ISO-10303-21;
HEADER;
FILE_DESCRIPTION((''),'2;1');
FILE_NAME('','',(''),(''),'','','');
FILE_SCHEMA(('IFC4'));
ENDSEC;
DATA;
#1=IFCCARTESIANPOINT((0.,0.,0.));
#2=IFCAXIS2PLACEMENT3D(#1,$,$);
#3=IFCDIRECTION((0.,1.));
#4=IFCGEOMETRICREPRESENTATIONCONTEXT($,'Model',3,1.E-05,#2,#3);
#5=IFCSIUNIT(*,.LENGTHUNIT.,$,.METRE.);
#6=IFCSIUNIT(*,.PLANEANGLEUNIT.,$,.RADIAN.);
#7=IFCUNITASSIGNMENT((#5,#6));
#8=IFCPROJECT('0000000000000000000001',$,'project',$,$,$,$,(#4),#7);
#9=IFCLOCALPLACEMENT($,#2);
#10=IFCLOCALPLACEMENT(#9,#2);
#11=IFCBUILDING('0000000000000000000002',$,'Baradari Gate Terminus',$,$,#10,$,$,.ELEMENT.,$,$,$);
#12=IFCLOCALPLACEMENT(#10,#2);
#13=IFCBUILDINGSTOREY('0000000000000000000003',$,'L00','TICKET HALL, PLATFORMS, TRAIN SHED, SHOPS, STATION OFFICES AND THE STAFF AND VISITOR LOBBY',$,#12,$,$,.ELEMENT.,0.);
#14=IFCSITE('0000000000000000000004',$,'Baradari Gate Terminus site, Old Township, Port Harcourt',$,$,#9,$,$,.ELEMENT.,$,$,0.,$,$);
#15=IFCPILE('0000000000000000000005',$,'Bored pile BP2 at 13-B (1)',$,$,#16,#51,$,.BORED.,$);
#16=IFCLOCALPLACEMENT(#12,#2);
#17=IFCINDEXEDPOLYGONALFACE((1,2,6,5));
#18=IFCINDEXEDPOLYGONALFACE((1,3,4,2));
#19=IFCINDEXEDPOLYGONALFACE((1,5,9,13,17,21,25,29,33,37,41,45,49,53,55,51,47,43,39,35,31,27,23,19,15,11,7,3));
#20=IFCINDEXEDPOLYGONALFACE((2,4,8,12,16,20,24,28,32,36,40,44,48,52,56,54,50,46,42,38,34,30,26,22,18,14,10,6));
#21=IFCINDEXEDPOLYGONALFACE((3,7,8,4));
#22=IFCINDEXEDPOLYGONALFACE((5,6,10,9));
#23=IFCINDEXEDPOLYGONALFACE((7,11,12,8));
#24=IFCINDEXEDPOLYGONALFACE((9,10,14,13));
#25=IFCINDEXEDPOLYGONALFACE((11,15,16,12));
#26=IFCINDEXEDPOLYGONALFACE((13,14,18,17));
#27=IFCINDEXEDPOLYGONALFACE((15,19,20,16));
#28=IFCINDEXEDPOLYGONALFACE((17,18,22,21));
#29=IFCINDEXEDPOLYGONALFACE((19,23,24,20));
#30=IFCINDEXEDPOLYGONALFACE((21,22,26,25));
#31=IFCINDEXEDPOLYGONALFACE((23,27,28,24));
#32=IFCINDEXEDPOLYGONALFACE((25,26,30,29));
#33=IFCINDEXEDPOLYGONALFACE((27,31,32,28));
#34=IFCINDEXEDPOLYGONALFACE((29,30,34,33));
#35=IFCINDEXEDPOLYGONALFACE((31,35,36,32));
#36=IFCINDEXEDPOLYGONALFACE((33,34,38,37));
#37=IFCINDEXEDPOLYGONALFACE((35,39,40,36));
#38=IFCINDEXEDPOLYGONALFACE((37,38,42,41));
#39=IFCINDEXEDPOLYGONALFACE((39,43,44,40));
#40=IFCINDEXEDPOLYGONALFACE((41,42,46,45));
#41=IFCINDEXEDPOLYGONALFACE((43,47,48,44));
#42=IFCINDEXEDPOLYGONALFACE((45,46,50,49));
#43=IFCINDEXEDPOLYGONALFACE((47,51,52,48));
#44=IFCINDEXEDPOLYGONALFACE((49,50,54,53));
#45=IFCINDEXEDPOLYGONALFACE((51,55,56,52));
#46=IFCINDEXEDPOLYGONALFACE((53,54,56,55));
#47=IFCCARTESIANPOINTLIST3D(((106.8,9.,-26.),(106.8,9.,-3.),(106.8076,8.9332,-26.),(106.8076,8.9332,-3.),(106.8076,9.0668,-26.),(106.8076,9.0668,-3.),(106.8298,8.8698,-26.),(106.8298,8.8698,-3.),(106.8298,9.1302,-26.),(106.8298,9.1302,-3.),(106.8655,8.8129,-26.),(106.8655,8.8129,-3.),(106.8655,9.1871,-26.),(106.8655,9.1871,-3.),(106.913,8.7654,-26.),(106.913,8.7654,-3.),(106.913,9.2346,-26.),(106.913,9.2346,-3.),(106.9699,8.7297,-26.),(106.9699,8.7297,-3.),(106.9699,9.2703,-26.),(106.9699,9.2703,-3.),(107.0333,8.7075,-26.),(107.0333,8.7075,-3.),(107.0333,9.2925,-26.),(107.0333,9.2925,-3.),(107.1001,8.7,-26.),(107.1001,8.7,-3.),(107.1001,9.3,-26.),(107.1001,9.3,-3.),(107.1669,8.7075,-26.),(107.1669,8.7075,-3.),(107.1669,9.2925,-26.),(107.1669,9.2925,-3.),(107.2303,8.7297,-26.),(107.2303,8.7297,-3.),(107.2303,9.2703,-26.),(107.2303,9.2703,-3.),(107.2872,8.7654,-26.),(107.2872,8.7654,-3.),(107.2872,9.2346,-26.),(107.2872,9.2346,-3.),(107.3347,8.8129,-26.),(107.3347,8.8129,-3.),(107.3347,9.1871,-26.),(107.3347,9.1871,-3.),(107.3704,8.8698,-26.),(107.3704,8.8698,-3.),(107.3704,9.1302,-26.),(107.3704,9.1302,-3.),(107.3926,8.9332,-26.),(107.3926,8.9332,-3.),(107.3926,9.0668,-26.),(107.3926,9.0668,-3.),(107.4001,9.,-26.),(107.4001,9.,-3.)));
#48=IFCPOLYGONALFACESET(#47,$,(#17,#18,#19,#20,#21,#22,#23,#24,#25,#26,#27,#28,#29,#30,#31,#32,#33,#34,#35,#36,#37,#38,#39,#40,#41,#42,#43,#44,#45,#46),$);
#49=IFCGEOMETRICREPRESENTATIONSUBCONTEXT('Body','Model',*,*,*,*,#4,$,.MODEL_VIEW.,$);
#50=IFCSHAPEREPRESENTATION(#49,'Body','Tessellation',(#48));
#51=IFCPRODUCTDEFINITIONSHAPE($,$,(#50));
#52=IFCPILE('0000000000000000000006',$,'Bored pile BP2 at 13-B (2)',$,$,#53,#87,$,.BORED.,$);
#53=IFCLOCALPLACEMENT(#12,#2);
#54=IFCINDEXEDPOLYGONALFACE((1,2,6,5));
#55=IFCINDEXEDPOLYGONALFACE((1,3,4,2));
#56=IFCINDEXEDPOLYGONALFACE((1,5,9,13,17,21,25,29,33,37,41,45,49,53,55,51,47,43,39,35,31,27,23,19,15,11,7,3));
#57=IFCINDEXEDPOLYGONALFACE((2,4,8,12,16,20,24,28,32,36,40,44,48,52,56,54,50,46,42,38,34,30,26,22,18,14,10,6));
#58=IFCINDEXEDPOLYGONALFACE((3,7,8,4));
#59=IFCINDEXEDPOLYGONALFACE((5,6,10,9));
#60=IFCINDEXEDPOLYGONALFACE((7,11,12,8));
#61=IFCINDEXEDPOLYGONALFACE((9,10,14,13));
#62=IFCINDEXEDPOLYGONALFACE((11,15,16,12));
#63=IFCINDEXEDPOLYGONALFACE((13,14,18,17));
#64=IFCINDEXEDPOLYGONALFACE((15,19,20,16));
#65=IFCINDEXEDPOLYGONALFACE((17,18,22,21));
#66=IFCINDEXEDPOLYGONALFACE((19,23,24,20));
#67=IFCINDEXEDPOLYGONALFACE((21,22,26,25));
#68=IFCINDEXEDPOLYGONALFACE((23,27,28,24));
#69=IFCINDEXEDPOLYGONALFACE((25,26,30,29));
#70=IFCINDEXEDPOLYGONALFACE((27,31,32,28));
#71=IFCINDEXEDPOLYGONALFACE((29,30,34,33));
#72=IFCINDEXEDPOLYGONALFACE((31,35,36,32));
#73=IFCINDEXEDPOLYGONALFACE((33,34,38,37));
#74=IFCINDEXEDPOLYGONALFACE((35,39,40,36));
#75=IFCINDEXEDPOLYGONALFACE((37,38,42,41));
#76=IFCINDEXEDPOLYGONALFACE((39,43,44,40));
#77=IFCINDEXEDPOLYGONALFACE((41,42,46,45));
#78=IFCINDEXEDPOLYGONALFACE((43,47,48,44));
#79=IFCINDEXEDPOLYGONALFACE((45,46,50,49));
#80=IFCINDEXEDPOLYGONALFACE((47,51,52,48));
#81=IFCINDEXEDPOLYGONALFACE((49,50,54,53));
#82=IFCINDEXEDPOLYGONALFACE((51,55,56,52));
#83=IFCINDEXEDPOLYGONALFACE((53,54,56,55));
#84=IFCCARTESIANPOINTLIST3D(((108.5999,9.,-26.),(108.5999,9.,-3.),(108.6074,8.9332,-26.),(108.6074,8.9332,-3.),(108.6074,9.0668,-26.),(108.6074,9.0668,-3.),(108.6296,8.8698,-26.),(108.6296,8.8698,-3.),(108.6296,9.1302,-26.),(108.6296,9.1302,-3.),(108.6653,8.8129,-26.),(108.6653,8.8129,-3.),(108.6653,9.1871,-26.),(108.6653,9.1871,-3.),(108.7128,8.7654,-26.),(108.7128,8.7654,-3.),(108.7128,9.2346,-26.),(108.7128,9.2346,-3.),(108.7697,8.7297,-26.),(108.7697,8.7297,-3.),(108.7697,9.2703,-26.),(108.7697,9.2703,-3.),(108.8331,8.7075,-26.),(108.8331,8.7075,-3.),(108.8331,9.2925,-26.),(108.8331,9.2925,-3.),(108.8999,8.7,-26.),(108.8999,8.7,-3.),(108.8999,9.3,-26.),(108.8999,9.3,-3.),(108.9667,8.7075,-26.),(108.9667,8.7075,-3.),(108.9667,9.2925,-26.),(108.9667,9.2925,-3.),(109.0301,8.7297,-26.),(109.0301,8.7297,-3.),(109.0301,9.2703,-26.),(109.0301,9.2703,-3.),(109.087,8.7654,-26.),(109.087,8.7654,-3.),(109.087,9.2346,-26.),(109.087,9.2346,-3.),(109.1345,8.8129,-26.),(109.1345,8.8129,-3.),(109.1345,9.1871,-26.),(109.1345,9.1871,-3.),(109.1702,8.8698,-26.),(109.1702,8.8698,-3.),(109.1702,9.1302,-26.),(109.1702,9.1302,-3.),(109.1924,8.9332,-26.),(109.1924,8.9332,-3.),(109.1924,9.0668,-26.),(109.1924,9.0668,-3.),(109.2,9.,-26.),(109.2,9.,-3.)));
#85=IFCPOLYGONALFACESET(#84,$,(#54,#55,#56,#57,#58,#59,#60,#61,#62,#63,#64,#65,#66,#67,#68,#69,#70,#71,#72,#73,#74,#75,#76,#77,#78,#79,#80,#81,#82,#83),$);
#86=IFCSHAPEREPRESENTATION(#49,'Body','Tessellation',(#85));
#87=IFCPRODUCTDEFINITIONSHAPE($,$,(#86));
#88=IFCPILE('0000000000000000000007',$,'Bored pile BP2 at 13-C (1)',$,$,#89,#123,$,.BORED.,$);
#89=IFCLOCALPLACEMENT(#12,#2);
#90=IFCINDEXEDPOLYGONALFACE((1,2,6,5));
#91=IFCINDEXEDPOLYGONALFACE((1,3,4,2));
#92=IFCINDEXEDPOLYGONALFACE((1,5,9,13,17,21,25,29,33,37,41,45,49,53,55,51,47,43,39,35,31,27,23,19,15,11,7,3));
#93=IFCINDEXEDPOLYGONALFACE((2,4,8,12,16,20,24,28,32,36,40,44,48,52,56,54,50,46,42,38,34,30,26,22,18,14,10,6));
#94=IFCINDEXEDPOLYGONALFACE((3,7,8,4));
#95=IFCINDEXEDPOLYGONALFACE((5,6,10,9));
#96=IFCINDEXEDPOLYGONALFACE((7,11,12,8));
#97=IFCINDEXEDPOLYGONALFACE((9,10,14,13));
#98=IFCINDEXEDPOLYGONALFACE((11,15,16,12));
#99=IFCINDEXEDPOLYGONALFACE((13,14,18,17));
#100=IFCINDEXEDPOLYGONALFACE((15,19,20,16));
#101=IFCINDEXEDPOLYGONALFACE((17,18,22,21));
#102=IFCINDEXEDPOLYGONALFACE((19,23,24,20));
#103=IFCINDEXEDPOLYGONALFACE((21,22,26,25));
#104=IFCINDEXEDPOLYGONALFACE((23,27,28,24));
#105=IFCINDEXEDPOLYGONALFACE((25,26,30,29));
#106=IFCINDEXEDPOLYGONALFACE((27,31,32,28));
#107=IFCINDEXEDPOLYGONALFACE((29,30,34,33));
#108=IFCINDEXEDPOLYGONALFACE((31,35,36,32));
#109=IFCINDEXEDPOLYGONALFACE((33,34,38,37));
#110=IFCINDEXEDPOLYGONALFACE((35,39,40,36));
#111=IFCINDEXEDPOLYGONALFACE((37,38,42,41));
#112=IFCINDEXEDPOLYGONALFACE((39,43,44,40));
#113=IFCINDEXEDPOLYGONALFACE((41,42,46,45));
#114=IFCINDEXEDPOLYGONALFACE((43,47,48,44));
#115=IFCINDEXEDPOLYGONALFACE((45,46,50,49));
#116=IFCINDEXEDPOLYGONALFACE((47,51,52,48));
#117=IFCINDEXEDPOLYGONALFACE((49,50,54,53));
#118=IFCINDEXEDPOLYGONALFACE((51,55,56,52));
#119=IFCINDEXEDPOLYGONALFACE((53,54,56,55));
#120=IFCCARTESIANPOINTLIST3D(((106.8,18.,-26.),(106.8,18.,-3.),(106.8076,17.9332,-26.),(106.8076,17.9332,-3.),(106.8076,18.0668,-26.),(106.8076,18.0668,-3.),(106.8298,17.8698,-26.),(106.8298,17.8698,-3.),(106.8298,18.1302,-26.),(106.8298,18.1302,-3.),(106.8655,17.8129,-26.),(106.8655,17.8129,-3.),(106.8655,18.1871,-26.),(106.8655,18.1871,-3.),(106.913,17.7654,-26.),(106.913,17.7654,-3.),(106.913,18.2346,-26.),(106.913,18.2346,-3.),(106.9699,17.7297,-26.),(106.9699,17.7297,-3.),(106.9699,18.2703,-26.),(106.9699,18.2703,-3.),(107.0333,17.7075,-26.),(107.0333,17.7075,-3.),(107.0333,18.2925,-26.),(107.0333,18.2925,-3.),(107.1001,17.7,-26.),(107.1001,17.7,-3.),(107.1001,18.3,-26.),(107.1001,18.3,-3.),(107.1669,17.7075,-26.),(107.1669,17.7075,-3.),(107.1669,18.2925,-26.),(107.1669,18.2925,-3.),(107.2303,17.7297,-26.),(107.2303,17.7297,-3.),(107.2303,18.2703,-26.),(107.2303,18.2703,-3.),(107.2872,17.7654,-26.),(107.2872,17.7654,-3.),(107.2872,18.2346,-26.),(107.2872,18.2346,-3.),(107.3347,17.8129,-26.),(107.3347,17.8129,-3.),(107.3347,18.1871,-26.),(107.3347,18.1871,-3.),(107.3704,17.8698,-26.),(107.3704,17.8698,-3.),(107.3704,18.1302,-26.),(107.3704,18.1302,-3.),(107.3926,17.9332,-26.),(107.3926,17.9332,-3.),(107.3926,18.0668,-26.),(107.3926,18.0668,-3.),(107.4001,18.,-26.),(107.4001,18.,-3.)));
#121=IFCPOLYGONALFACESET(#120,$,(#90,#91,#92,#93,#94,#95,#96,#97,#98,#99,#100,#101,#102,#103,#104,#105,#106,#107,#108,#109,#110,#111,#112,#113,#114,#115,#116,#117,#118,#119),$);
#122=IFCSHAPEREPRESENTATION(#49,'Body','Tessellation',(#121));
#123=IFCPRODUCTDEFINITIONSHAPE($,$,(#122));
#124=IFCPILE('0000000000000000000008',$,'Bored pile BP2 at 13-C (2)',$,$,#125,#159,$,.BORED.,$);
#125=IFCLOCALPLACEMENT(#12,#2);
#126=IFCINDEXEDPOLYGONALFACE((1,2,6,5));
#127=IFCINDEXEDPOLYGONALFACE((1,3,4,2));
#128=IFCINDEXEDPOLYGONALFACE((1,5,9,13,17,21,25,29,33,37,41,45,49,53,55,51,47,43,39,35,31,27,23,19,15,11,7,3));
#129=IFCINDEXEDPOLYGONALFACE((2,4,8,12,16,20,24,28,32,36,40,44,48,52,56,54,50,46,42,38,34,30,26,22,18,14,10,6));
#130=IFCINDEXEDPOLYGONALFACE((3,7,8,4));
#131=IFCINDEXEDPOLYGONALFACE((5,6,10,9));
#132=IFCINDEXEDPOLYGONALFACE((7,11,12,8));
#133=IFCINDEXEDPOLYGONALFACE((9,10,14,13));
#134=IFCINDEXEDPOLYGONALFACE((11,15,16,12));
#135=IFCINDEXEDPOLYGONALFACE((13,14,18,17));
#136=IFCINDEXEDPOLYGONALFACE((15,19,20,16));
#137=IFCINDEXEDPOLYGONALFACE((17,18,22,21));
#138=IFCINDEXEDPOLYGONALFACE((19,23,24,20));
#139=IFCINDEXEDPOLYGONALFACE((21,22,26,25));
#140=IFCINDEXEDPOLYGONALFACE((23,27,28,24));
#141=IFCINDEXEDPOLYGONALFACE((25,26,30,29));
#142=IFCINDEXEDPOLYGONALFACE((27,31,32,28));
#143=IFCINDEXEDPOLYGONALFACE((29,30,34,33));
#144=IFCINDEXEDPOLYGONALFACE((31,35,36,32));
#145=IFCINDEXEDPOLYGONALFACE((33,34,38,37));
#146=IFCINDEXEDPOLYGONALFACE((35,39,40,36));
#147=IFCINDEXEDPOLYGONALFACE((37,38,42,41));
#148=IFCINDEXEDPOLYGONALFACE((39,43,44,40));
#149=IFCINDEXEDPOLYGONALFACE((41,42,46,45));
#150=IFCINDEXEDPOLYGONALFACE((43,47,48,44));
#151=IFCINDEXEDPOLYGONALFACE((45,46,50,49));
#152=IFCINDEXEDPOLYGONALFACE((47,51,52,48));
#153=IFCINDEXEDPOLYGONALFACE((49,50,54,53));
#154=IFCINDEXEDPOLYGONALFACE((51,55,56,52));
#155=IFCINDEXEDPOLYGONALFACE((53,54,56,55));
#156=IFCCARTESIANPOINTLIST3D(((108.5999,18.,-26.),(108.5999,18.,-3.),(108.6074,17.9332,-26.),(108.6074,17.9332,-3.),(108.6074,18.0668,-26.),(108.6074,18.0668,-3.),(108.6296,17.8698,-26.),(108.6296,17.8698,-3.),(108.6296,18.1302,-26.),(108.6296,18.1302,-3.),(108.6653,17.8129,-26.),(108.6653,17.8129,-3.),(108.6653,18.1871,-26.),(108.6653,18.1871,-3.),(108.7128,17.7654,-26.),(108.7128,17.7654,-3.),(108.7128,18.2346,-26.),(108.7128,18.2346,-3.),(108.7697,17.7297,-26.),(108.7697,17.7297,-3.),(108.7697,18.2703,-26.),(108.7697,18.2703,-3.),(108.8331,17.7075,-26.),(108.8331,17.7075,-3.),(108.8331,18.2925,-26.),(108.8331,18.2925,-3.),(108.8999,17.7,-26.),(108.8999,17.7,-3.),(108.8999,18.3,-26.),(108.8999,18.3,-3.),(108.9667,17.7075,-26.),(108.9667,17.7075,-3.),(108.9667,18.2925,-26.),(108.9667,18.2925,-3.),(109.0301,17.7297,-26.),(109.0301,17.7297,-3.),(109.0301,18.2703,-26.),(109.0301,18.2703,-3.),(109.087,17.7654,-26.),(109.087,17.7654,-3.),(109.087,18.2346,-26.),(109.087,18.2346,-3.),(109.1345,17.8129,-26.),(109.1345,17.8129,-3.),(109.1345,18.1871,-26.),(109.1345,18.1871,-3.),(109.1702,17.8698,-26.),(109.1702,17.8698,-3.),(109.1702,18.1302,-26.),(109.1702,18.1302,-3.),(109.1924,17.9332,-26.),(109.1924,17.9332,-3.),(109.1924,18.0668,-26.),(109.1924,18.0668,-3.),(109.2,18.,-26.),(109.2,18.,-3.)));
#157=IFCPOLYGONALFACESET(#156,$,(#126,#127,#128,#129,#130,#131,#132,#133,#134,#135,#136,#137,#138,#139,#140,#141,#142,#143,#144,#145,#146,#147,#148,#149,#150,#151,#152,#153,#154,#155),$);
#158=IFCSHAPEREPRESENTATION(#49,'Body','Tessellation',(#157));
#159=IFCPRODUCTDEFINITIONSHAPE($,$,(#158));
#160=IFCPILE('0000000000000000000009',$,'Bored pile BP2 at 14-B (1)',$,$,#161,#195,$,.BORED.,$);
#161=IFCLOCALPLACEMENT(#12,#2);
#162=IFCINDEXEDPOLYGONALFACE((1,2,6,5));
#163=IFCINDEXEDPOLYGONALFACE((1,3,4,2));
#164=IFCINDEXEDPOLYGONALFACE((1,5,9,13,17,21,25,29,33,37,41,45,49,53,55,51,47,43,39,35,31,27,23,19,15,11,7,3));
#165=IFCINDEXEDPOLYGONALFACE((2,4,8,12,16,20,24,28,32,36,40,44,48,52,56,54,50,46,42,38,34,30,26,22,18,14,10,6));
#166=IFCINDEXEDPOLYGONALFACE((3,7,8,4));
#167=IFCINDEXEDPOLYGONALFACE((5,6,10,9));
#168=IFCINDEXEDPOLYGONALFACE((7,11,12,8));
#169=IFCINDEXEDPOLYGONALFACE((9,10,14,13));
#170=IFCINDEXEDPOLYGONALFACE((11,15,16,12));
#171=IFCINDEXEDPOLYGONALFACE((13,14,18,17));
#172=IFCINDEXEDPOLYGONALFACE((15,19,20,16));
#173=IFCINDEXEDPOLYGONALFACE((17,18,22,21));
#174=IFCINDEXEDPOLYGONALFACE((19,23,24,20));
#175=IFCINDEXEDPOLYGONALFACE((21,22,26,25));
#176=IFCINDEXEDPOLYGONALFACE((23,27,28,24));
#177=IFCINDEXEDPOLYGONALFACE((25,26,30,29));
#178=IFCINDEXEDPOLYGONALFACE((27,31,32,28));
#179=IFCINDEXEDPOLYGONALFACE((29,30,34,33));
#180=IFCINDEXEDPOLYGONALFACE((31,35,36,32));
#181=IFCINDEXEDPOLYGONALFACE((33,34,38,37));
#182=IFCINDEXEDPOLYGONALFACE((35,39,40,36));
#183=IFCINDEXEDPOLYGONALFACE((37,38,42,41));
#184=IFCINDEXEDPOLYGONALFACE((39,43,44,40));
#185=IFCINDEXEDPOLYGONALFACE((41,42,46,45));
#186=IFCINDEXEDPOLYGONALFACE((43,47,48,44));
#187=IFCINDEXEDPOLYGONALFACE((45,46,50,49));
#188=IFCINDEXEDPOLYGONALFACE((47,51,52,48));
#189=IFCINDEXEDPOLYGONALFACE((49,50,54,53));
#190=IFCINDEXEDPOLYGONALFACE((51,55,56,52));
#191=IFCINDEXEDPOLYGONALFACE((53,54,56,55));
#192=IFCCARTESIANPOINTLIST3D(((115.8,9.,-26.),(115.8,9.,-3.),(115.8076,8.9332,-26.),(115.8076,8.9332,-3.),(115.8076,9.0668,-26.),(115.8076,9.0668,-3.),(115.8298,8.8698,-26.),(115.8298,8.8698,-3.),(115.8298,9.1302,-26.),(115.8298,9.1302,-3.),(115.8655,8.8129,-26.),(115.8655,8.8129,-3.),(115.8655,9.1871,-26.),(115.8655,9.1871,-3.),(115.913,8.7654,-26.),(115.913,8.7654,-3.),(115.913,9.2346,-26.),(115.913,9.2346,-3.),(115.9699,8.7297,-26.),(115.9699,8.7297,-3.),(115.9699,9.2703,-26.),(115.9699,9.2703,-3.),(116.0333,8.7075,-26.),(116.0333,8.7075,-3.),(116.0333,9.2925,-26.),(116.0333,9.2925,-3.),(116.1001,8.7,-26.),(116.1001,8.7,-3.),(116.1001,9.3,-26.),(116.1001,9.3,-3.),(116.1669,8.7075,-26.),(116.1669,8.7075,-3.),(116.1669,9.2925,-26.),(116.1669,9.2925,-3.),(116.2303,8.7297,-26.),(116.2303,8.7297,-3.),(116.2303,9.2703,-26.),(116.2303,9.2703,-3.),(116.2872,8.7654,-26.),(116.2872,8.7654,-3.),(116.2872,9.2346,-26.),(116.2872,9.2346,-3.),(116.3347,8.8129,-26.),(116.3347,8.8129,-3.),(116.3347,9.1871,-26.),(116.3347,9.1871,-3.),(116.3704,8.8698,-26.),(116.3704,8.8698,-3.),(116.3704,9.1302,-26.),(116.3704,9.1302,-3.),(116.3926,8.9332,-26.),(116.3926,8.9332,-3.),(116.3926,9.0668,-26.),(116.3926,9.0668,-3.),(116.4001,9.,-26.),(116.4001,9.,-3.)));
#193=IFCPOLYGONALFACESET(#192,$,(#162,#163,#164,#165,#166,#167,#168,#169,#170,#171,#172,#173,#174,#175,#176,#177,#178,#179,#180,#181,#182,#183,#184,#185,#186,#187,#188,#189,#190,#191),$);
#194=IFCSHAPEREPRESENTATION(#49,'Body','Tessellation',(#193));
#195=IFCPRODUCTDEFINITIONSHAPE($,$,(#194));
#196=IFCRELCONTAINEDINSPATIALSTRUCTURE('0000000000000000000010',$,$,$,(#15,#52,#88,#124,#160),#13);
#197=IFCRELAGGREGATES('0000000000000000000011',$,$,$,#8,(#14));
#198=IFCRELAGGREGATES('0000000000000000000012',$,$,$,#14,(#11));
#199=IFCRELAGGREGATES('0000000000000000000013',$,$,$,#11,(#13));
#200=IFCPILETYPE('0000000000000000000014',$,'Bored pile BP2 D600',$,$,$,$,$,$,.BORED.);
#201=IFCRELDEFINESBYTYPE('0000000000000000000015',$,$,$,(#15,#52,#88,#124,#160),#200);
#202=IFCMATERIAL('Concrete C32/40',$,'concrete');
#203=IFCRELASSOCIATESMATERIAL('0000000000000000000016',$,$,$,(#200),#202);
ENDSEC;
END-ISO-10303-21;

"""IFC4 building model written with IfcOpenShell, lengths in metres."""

from ifc_helpers import new_model, si_unit, direction, frame, origin, origin_2d, place, context, subcontext, project, spatial, circle, extrude, material, type_object, element, save


model = new_model("IFC4")

# Units and contexts
model_context = context("Model", 3, precision=1e-05, world=origin(), true_north=direction((0.0, 1.0)))
body_context = subcontext(model_context, "Body", "Model", "MODEL_VIEW")
ifc_project = project(units=[si_unit("LENGTHUNIT", "METRE"), si_unit("PLANEANGLEUNIT", "RADIAN")], contexts=[model_context])

# Site, building, storey
site_placement = place(None, origin())
site = spatial("IfcSite", under=ifc_project, at=site_placement, Name="Baradari Gate Terminus site, Old Township, Port Harcourt", CompositionType="ELEMENT", RefElevation=0.0)
building_placement = place(site_placement, origin())
building = spatial("IfcBuilding", under=site, at=building_placement, Name="Baradari Gate Terminus", CompositionType="ELEMENT")
storey_placement = place(building_placement, origin())
storey = spatial("IfcBuildingStorey", under=building, at=storey_placement, Name="L00", Description="TICKET HALL, PLATFORMS, TRAIN SHED, SHOPS, STATION OFFICES AND THE STAFF AND VISITOR LOBBY", CompositionType="ELEMENT", Elevation=0.0)

# Piles
ifc_material_1 = material(Name="Concrete C32/40", Category="concrete")
pile_type = type_object("IfcPileType", Name="Bored pile BP2 D600", PredefinedType="BORED", material=ifc_material_1)
for number, where, z_axis, x_axis, name in (
    (1, (107.1001, 9.0, -3.0), (0.0, 0.0, -1.0), (1.0, 0.0, 0.0), "Bored pile BP2 at 13-B (1)"),
    (2, (108.8999, 9.0, -3.0), (0.0, 0.0, -1.0), (1.0, 0.0, 0.0), "Bored pile BP2 at 13-B (2)"),
    (3, (107.1001, 18.0, -3.0), (0.0, 0.0, -1.0), (1.0, 0.0, 0.0), "Bored pile BP2 at 13-C (1)"),
    (4, (108.8999, 18.0, -3.0), (0.0, 0.0, -1.0), (1.0, 0.0, 0.0), "Bored pile BP2 at 13-C (2)"),
    (5, (116.1001, 9.0, -3.0), (0.0, 0.0, -1.0), (1.0, 0.0, 0.0), "Bored pile BP2 at 14-B (1)"),
):
    element("IfcPile", number, at=place(storey_placement, frame(where, z_axis=z_axis, x_axis=x_axis)), inside=storey, type_object=pile_type, Name=name, PredefinedType="BORED", context=body_context, shape_type="SweptSolid", body=[
        extrude(circle(Radius=0.3, at=origin_2d()), origin(), (0.0, 0.0, 1.0), 23.0),
    ])

save(model, "model.ifc")
